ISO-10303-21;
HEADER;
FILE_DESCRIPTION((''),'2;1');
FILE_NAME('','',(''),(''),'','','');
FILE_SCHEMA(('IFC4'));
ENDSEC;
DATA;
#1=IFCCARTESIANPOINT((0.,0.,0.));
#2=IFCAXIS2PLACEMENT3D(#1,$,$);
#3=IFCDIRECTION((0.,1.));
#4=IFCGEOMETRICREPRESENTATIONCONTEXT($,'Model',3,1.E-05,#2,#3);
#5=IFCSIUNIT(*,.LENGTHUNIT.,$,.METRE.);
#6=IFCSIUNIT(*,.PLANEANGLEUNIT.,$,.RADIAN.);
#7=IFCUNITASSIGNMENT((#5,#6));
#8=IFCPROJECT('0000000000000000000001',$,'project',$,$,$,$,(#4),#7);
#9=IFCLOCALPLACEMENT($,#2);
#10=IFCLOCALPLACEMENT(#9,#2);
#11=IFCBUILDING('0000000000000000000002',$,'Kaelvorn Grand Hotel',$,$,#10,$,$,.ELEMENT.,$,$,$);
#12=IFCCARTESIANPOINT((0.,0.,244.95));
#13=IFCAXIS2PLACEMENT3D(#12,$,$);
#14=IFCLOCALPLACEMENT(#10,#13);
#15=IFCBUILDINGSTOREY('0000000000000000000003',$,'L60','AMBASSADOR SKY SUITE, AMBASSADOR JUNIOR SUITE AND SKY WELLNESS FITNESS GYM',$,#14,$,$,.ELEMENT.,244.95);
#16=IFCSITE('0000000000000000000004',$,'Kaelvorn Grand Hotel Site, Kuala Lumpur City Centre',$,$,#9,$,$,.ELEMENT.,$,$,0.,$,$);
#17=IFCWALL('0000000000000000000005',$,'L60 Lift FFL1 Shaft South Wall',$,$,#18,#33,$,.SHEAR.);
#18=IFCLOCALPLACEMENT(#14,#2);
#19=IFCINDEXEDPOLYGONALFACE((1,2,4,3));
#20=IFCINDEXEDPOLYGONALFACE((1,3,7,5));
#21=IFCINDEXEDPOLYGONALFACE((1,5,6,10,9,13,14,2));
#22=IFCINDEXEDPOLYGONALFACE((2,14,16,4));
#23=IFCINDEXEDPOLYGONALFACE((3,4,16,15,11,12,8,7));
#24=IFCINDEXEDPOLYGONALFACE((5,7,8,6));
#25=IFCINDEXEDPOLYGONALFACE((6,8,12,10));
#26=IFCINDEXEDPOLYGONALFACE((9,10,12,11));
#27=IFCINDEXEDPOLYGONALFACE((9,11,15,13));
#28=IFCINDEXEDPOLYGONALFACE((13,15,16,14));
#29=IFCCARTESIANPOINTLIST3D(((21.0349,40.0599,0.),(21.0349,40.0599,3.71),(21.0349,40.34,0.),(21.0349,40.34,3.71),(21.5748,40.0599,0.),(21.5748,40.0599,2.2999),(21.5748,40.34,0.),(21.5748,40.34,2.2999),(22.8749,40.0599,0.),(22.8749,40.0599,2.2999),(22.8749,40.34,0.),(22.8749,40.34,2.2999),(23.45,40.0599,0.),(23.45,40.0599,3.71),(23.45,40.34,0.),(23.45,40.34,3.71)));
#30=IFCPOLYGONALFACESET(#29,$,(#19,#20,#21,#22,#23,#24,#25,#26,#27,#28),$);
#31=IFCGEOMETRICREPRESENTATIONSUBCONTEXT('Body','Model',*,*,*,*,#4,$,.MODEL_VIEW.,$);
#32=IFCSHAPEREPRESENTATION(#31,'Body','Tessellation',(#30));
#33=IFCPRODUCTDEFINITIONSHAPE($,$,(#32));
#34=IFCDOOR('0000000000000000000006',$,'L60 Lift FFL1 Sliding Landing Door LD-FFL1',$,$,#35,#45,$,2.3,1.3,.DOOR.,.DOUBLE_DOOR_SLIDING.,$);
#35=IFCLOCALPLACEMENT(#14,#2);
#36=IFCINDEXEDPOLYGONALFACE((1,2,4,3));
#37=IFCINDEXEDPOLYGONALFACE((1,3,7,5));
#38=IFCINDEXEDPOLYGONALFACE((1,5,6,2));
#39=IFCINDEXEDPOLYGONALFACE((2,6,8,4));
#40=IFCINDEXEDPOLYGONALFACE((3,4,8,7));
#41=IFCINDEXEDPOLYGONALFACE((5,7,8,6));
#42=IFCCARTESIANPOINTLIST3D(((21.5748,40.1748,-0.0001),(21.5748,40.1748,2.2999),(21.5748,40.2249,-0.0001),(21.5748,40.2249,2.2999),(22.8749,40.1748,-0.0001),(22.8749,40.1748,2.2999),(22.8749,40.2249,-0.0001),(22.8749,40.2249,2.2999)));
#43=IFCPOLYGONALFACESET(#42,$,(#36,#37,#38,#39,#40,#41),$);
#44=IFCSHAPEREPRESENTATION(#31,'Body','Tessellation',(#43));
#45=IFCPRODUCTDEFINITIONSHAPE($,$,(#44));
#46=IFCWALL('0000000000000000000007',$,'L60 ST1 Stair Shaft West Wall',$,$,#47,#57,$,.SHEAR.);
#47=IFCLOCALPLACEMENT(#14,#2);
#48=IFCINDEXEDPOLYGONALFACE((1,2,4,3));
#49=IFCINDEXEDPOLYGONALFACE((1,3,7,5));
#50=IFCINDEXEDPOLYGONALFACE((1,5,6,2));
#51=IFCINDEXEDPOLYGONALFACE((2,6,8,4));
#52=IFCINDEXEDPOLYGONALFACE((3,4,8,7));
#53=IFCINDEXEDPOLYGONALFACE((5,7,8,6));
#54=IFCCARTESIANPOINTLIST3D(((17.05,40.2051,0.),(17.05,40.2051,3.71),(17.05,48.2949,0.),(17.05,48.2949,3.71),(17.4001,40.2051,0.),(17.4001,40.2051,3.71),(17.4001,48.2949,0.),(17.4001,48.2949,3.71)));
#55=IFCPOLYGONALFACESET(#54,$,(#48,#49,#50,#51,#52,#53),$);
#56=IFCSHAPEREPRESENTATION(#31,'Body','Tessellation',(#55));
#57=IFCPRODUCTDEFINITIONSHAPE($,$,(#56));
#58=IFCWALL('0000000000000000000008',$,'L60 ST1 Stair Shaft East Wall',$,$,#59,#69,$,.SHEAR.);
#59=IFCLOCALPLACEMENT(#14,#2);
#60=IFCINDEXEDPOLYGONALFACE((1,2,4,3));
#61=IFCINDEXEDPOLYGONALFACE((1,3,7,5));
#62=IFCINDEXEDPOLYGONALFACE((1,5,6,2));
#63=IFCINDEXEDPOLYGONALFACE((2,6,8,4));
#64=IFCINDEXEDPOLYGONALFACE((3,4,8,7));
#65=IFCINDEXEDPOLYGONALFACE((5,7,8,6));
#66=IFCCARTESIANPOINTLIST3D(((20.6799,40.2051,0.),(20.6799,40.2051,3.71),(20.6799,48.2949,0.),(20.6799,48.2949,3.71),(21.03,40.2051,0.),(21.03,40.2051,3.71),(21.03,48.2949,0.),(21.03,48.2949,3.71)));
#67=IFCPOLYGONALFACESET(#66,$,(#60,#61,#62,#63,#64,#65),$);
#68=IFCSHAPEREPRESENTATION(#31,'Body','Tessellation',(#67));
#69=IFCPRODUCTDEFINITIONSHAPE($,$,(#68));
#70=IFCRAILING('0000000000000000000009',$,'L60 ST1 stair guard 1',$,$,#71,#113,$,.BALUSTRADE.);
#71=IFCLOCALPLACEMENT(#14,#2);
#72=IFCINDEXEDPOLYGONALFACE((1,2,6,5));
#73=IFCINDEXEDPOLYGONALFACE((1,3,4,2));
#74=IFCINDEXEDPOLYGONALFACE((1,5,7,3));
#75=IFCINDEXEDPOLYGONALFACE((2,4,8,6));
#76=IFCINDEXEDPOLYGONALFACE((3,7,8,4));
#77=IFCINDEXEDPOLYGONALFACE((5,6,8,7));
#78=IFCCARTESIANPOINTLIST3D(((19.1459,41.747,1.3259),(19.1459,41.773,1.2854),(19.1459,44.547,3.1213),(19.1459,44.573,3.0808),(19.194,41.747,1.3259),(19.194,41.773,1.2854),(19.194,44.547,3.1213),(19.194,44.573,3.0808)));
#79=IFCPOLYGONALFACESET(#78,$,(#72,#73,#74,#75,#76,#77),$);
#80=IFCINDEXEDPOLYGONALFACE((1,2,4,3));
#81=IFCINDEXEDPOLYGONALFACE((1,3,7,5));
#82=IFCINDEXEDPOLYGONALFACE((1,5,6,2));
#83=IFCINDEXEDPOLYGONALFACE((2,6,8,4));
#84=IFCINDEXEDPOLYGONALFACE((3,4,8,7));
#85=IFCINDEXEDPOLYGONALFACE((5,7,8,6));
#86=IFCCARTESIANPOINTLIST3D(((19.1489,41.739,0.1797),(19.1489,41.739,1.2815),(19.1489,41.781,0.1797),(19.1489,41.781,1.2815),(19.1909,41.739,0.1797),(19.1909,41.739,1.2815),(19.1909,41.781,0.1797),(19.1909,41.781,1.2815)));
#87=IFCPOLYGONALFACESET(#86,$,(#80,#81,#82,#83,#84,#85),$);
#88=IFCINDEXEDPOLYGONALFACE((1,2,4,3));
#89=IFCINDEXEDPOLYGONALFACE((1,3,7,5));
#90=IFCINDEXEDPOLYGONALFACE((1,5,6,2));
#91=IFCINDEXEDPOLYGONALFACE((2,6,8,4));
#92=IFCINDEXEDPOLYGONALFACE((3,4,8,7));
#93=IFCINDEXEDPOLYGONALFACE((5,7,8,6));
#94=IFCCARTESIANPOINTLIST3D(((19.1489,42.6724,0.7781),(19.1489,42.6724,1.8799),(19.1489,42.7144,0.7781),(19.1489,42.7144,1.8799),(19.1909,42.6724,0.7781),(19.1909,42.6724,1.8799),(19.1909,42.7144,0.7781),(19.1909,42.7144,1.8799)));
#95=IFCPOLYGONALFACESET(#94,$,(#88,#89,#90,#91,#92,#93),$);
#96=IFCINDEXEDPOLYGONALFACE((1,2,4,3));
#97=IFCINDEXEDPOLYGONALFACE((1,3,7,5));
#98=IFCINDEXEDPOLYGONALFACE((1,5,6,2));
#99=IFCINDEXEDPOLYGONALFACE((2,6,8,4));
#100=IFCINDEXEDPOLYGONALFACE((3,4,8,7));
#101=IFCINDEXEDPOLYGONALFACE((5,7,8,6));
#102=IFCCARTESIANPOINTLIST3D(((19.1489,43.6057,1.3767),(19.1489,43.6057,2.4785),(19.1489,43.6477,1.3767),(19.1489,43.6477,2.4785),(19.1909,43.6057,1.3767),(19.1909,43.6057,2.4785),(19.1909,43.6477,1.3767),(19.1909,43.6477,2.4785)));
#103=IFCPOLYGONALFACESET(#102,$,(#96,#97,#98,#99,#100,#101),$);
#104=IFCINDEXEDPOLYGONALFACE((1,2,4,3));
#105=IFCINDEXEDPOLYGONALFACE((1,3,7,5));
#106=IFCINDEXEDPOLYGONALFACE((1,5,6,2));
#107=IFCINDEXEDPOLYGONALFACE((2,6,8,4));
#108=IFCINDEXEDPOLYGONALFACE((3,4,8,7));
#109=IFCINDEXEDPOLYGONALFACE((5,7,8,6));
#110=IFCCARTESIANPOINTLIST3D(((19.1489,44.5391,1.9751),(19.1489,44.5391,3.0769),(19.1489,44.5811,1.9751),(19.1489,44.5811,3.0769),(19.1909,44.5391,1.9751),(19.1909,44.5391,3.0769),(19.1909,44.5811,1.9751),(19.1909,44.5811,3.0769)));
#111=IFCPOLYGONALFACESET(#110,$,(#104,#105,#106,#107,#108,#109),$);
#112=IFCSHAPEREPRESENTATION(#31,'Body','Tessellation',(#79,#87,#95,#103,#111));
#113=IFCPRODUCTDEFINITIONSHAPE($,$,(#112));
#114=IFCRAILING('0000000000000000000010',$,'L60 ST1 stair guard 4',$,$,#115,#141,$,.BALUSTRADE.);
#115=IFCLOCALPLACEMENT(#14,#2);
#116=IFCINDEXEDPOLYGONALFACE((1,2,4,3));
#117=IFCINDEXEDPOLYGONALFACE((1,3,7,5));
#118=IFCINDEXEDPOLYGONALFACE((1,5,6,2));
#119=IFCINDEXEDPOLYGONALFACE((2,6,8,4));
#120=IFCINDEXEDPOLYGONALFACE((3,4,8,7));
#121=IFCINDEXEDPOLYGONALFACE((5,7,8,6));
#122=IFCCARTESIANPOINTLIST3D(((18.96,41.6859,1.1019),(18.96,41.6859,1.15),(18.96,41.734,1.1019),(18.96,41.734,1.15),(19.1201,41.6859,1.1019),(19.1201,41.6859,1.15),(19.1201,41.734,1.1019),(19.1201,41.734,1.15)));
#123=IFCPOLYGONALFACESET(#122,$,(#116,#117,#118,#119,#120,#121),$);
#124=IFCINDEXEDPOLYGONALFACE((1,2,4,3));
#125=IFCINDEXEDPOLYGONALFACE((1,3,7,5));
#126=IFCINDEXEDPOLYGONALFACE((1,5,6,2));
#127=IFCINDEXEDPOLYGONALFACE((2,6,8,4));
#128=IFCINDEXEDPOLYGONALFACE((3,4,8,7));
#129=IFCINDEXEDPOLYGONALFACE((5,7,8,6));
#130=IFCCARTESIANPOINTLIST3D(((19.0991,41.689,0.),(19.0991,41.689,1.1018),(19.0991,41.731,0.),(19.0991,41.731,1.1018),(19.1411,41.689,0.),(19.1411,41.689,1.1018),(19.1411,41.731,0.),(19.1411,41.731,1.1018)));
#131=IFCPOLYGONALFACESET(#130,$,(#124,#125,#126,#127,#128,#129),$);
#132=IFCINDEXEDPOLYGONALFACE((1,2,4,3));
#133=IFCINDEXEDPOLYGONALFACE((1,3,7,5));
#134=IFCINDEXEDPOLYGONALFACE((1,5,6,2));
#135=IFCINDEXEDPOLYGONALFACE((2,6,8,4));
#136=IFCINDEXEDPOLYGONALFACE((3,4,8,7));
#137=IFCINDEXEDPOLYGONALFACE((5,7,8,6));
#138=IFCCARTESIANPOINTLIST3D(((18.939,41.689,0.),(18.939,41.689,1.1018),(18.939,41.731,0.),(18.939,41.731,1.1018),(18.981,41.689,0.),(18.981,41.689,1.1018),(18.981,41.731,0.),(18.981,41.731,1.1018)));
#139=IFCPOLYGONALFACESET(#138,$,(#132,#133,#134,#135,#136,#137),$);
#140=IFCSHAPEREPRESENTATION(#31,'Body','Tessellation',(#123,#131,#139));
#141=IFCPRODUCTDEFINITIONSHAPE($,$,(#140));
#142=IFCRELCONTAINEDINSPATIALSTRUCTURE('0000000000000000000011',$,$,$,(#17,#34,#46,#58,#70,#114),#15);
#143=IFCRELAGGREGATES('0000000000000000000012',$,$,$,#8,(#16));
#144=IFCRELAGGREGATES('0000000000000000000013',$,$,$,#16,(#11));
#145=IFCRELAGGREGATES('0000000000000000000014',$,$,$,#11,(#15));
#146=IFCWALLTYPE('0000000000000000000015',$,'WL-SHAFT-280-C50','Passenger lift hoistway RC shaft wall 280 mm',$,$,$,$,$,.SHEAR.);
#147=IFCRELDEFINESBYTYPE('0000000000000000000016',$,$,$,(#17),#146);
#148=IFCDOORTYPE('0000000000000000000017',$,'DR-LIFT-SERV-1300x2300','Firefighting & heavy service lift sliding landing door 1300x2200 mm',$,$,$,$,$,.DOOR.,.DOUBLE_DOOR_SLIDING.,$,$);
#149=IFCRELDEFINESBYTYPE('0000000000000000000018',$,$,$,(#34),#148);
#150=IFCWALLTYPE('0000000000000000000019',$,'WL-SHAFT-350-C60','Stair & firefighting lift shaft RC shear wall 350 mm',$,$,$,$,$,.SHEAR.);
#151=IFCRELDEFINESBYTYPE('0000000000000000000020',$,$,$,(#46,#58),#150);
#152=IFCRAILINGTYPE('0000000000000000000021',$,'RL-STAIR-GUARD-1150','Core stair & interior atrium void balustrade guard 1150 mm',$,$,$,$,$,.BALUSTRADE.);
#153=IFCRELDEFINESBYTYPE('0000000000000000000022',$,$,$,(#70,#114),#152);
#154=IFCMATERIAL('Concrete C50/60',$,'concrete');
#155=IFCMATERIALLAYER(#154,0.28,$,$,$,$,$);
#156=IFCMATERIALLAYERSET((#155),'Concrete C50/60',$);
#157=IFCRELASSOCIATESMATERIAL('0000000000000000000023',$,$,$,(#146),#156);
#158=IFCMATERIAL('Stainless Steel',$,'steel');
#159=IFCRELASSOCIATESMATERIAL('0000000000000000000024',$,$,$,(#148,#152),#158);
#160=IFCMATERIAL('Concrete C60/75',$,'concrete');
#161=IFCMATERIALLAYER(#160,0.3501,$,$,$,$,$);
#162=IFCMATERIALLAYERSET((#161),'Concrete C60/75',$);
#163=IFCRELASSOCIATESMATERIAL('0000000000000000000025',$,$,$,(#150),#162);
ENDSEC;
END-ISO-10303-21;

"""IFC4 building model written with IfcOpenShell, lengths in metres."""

from ifc_helpers import new_model, si_unit, direction, frame, frame_2d, origin, origin_2d, place, context, subcontext, project, spatial, rectangle, extrude, material, layer, layer_set, type_object, element, fill, save


model = new_model("IFC4")

# Units and contexts
model_context = context("Model", 3, precision=1e-05, world=origin(), true_north=direction((0.0, 1.0)))
body_context = subcontext(model_context, "Body", "Model", "MODEL_VIEW")
ifc_project = project(units=[si_unit("LENGTHUNIT", "METRE"), si_unit("PLANEANGLEUNIT", "RADIAN")], contexts=[model_context])

# Site, building, storey
site_placement = place(None, origin())
site = spatial("IfcSite", under=ifc_project, at=site_placement, Name="Kaelvorn Grand Hotel Site, Kuala Lumpur City Centre", CompositionType="ELEMENT", RefElevation=0.0)
building_placement = place(site_placement, origin())
building = spatial("IfcBuilding", under=site, at=building_placement, Name="Kaelvorn Grand Hotel", CompositionType="ELEMENT")
storey_placement = place(building_placement, frame((0.0, 0.0, 244.95)))
storey = spatial("IfcBuildingStorey", under=building, at=storey_placement, Name="L60", Description="AMBASSADOR SKY SUITE, AMBASSADOR JUNIOR SUITE AND SKY WELLNESS FITNESS GYM", CompositionType="ELEMENT", Elevation=244.95)

# Shared definitions
ifc_material_1 = material(Name="Concrete C50/60", Category="concrete")

# Wall, opening, door
ifc_layer_1 = layer(ifc_material_1, 0.28)
ifc_layer_set_1 = layer_set([ifc_layer_1], Name="Concrete C50/60")
wall_type_1 = type_object("IfcWallType", Name="WL-SHAFT-280-C50", Description="Passenger lift hoistway RC shaft wall 280 mm", PredefinedType="SHEAR", material=ifc_layer_set_1)
wall_1_placement = place(storey_placement, frame((21.0349, 40.2, 0.0), z_axis=(0.0, 0.0, 1.0), x_axis=(1.0, 0.0, 0.0)))
wall_1 = element("IfcWall", 1, at=wall_1_placement, inside=storey, type_object=wall_type_1, Name="L60 Lift FFL1 Shaft South Wall", PredefinedType="SHEAR", context=body_context, shape_type="SweptSolid", body=[
    extrude(rectangle(XDim=2.415, YDim=0.28, at=frame_2d((1.2075, 0.0))), origin(), (0.0, 0.0, 1.0), 3.71),
])
opening_1_placement = place(wall_1_placement, frame((0.54, 0.0, 0.0)))
opening_1 = element("IfcOpeningElement", 2, at=opening_1_placement, cuts=wall_1, PredefinedType="OPENING", context=body_context, shape_type="SweptSolid", body=[
    extrude(rectangle(XDim=1.3, YDim=2.3, at=frame_2d((0.6499, 1.1499))), frame((0.0, 0.1499, 0.0), z_axis=(0.0, -1.0, 0.0), x_axis=(1.0, 0.0, 0.0)), (0.0, 0.0, 1.0), 0.3),
])
ifc_material_2 = material(Name="Stainless Steel", Category="steel")
door_type_1 = type_object("IfcDoorType", Name="DR-LIFT-SERV-1300x2300", Description="Firefighting & heavy service lift sliding landing door 1300x2200 mm", OperationType="DOUBLE_DOOR_SLIDING", PredefinedType="DOOR", material=ifc_material_2)
door_1_placement = place(opening_1_placement, origin())
door_1 = element("IfcDoor", 3, at=door_1_placement, inside=storey, type_object=door_type_1, Name="L60 Lift FFL1 Sliding Landing Door LD-FFL1", OperationType="DOUBLE_DOOR_SLIDING", OverallHeight=2.3, OverallWidth=1.3, PredefinedType="DOOR", context=body_context, shape_type="SweptSolid", body=[
    extrude(rectangle(XDim=1.3, YDim=2.3, at=frame_2d((0.6499, 1.1499))), frame((0.0, 0.0249, 0.0), z_axis=(0.0, -1.0, 0.0), x_axis=(1.0, 0.0, 0.0)), (0.0, 0.0, 1.0), 0.05),
])
fill(opening_1, door_1)
ifc_material_3 = material(Name="Concrete C60/75", Category="concrete")
ifc_layer_2 = layer(ifc_material_3, 0.3501)
ifc_layer_set_2 = layer_set([ifc_layer_2], Name="Concrete C60/75")
wall_type_2 = type_object("IfcWallType", Name="WL-SHAFT-350-C60", Description="Stair & firefighting lift shaft RC shear wall 350 mm", PredefinedType="SHEAR", material=ifc_layer_set_2)

# Walls
for number, where, z_axis, x_axis, name in (
    (4, (17.2251, 40.2051, 0.0), (0.0, 0.0, 1.0), (0.0, 1.0, 0.0), "L60 ST1 Stair Shaft West Wall"),
    (5, (20.855, 40.2051, 0.0), (0.0, 0.0, 1.0), (0.0, 1.0, 0.0), "L60 ST1 Stair Shaft East Wall"),
):
    element("IfcWall", number, at=place(storey_placement, frame(where, z_axis=z_axis, x_axis=x_axis)), inside=storey, type_object=wall_type_2, Name=name, PredefinedType="SHEAR", context=body_context, shape_type="SweptSolid", body=[
        extrude(rectangle(XDim=8.0898, YDim=0.3501, at=frame_2d((4.0449, 0.0))), origin(), (0.0, 0.0, 1.0), 3.71),
    ])

# Railings
railing_type = type_object("IfcRailingType", Name="RL-STAIR-GUARD-1150", Description="Core stair & interior atrium void balustrade guard 1150 mm", PredefinedType="BALUSTRADE", material=ifc_material_2)
railing_1_placement = place(storey_placement, frame((19.1699, 41.76, 0.1797)))
element("IfcRailing", 6, at=railing_1_placement, inside=storey, type_object=railing_type, Name="L60 ST1 stair guard 1", PredefinedType="BALUSTRADE", context=body_context, shape_type="SweptSolid", body=[
    extrude(rectangle(XDim=0.0481, YDim=0.0481, at=origin_2d()), frame((0.0, 0.0, 1.126), z_axis=(0.0, 0.84181, 0.539774), x_axis=(-1.0, 0.0, 0.0)), (0.0, 0.0, 1.0), 3.3262),
    extrude(rectangle(XDim=0.042, YDim=0.042, at=origin_2d()), origin(), (0.0, 0.0, 1.0), 1.1018),
    extrude(rectangle(XDim=0.042, YDim=0.042, at=origin_2d()), frame((0.0, 0.9333, 0.5984)), (0.0, 0.0, 1.0), 1.1018),
    extrude(rectangle(XDim=0.042, YDim=0.042, at=origin_2d()), frame((0.0, 1.8667, 1.197)), (0.0, 0.0, 1.0), 1.1018),
    extrude(rectangle(XDim=0.042, YDim=0.042, at=origin_2d()), frame((0.0, 2.8, 1.7954)), (0.0, 0.0, 1.0), 1.1018),
])
railing_2_placement = place(storey_placement, frame((19.1201, 41.71, 0.0)))
element("IfcRailing", 7, at=railing_2_placement, inside=storey, type_object=railing_type, Name="L60 ST1 stair guard 4", PredefinedType="BALUSTRADE", context=body_context, shape_type="SweptSolid", body=[
    extrude(rectangle(XDim=0.0481, YDim=0.0481, at=origin_2d()), frame((0.0, 0.0, 1.126), z_axis=(-1.0, 0.0, 0.0), x_axis=(0.0, -1.0, 0.0)), (0.0, 0.0, 1.0), 0.1602),
    extrude(rectangle(XDim=0.042, YDim=0.042, at=origin_2d()), origin(), (0.0, 0.0, 1.0), 1.1018),
    extrude(rectangle(XDim=0.042, YDim=0.042, at=origin_2d()), frame((-0.1602, 0.0, 0.0)), (0.0, 0.0, 1.0), 1.1018),
])

save(model, "model.ifc")
